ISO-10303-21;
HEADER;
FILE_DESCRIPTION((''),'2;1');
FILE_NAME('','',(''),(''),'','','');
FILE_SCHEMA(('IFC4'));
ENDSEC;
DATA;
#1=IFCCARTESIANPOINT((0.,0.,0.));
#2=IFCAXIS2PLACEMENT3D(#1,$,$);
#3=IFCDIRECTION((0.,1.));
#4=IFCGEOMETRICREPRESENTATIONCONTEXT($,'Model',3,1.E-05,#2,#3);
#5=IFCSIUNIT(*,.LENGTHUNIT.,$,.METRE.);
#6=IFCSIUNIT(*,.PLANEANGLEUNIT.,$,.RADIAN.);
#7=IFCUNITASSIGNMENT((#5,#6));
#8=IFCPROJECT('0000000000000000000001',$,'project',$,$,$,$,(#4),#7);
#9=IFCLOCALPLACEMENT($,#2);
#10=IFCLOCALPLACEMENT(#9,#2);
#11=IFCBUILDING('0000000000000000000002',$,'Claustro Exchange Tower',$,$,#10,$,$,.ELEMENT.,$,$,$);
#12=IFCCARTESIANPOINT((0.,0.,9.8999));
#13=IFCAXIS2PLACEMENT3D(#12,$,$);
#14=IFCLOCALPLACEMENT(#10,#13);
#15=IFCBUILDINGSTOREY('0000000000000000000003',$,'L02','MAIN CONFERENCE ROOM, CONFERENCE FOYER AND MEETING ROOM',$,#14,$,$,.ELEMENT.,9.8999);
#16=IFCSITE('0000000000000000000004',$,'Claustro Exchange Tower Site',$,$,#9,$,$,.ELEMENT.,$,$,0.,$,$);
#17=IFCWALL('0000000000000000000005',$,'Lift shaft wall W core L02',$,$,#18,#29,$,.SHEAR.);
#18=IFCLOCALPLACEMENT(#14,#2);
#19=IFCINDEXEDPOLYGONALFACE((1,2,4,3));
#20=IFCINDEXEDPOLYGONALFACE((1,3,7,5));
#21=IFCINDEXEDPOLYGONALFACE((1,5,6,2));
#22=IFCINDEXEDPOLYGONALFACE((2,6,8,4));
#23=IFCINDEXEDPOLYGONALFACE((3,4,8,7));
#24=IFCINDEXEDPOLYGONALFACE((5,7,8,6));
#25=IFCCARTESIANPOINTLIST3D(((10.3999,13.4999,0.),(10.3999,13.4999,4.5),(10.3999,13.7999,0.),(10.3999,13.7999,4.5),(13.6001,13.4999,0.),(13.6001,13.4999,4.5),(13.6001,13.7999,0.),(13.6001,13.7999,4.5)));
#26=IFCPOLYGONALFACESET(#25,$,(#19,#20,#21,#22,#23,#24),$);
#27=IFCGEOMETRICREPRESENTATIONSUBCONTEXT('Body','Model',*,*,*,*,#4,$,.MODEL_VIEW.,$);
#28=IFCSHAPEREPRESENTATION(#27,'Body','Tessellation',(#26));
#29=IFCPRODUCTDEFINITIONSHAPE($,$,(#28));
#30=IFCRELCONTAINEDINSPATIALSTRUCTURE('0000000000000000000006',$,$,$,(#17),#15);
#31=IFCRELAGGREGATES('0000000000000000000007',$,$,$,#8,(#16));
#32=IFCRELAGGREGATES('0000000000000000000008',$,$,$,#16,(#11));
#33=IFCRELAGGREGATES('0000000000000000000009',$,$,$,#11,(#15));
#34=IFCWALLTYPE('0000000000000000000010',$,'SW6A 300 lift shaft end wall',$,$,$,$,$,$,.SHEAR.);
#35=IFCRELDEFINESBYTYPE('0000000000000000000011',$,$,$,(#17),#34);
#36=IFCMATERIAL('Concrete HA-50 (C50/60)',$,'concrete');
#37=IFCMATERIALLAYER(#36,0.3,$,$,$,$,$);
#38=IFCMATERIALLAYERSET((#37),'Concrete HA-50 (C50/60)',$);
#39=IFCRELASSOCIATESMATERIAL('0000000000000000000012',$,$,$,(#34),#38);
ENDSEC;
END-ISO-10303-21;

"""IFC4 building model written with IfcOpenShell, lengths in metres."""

from ifc_helpers import new_model, si_unit, direction, frame, frame_2d, origin, place, context, subcontext, project, spatial, rectangle, extrude, material, layer, layer_set, type_object, element, save


model = new_model("IFC4")

# Units and contexts
model_context = context("Model", 3, precision=1e-05, world=origin(), true_north=direction((0.0, 1.0)))
body_context = subcontext(model_context, "Body", "Model", "MODEL_VIEW")
ifc_project = project(units=[si_unit("LENGTHUNIT", "METRE"), si_unit("PLANEANGLEUNIT", "RADIAN")], contexts=[model_context])

# Site, building, storey
site_placement = place(None, origin())
site = spatial("IfcSite", under=ifc_project, at=site_placement, Name="Claustro Exchange Tower Site", CompositionType="ELEMENT", RefElevation=0.0)
building_placement = place(site_placement, origin())
building = spatial("IfcBuilding", under=site, at=building_placement, Name="Claustro Exchange Tower", CompositionType="ELEMENT")
storey_placement = place(building_placement, frame((0.0, 0.0, 9.8999)))
storey = spatial("IfcBuildingStorey", under=building, at=storey_placement, Name="L02", Description="MAIN CONFERENCE ROOM, CONFERENCE FOYER AND MEETING ROOM", CompositionType="ELEMENT", Elevation=9.8999)

# Wall
ifc_material_1 = material(Name="Concrete HA-50 (C50/60)", Category="concrete")
ifc_layer_1 = layer(ifc_material_1, 0.3)
ifc_layer_set_1 = layer_set([ifc_layer_1], Name="Concrete HA-50 (C50/60)")
wall_type_1 = type_object("IfcWallType", Name="SW6A 300 lift shaft end wall", PredefinedType="SHEAR", material=ifc_layer_set_1)
wall_1_placement = place(storey_placement, frame((10.3999, 13.6499, 0.0), z_axis=(0.0, 0.0, 1.0), x_axis=(1.0, 0.0, 0.0)))
element("IfcWall", 1, at=wall_1_placement, inside=storey, type_object=wall_type_1, Name="Lift shaft wall W core L02", PredefinedType="SHEAR", context=body_context, shape_type="SweptSolid", body=[
    extrude(rectangle(XDim=3.2002, YDim=0.3, at=frame_2d((1.6001, 0.0))), origin(), (0.0, 0.0, 1.0), 4.5),
])

save(model, "model.ifc")
